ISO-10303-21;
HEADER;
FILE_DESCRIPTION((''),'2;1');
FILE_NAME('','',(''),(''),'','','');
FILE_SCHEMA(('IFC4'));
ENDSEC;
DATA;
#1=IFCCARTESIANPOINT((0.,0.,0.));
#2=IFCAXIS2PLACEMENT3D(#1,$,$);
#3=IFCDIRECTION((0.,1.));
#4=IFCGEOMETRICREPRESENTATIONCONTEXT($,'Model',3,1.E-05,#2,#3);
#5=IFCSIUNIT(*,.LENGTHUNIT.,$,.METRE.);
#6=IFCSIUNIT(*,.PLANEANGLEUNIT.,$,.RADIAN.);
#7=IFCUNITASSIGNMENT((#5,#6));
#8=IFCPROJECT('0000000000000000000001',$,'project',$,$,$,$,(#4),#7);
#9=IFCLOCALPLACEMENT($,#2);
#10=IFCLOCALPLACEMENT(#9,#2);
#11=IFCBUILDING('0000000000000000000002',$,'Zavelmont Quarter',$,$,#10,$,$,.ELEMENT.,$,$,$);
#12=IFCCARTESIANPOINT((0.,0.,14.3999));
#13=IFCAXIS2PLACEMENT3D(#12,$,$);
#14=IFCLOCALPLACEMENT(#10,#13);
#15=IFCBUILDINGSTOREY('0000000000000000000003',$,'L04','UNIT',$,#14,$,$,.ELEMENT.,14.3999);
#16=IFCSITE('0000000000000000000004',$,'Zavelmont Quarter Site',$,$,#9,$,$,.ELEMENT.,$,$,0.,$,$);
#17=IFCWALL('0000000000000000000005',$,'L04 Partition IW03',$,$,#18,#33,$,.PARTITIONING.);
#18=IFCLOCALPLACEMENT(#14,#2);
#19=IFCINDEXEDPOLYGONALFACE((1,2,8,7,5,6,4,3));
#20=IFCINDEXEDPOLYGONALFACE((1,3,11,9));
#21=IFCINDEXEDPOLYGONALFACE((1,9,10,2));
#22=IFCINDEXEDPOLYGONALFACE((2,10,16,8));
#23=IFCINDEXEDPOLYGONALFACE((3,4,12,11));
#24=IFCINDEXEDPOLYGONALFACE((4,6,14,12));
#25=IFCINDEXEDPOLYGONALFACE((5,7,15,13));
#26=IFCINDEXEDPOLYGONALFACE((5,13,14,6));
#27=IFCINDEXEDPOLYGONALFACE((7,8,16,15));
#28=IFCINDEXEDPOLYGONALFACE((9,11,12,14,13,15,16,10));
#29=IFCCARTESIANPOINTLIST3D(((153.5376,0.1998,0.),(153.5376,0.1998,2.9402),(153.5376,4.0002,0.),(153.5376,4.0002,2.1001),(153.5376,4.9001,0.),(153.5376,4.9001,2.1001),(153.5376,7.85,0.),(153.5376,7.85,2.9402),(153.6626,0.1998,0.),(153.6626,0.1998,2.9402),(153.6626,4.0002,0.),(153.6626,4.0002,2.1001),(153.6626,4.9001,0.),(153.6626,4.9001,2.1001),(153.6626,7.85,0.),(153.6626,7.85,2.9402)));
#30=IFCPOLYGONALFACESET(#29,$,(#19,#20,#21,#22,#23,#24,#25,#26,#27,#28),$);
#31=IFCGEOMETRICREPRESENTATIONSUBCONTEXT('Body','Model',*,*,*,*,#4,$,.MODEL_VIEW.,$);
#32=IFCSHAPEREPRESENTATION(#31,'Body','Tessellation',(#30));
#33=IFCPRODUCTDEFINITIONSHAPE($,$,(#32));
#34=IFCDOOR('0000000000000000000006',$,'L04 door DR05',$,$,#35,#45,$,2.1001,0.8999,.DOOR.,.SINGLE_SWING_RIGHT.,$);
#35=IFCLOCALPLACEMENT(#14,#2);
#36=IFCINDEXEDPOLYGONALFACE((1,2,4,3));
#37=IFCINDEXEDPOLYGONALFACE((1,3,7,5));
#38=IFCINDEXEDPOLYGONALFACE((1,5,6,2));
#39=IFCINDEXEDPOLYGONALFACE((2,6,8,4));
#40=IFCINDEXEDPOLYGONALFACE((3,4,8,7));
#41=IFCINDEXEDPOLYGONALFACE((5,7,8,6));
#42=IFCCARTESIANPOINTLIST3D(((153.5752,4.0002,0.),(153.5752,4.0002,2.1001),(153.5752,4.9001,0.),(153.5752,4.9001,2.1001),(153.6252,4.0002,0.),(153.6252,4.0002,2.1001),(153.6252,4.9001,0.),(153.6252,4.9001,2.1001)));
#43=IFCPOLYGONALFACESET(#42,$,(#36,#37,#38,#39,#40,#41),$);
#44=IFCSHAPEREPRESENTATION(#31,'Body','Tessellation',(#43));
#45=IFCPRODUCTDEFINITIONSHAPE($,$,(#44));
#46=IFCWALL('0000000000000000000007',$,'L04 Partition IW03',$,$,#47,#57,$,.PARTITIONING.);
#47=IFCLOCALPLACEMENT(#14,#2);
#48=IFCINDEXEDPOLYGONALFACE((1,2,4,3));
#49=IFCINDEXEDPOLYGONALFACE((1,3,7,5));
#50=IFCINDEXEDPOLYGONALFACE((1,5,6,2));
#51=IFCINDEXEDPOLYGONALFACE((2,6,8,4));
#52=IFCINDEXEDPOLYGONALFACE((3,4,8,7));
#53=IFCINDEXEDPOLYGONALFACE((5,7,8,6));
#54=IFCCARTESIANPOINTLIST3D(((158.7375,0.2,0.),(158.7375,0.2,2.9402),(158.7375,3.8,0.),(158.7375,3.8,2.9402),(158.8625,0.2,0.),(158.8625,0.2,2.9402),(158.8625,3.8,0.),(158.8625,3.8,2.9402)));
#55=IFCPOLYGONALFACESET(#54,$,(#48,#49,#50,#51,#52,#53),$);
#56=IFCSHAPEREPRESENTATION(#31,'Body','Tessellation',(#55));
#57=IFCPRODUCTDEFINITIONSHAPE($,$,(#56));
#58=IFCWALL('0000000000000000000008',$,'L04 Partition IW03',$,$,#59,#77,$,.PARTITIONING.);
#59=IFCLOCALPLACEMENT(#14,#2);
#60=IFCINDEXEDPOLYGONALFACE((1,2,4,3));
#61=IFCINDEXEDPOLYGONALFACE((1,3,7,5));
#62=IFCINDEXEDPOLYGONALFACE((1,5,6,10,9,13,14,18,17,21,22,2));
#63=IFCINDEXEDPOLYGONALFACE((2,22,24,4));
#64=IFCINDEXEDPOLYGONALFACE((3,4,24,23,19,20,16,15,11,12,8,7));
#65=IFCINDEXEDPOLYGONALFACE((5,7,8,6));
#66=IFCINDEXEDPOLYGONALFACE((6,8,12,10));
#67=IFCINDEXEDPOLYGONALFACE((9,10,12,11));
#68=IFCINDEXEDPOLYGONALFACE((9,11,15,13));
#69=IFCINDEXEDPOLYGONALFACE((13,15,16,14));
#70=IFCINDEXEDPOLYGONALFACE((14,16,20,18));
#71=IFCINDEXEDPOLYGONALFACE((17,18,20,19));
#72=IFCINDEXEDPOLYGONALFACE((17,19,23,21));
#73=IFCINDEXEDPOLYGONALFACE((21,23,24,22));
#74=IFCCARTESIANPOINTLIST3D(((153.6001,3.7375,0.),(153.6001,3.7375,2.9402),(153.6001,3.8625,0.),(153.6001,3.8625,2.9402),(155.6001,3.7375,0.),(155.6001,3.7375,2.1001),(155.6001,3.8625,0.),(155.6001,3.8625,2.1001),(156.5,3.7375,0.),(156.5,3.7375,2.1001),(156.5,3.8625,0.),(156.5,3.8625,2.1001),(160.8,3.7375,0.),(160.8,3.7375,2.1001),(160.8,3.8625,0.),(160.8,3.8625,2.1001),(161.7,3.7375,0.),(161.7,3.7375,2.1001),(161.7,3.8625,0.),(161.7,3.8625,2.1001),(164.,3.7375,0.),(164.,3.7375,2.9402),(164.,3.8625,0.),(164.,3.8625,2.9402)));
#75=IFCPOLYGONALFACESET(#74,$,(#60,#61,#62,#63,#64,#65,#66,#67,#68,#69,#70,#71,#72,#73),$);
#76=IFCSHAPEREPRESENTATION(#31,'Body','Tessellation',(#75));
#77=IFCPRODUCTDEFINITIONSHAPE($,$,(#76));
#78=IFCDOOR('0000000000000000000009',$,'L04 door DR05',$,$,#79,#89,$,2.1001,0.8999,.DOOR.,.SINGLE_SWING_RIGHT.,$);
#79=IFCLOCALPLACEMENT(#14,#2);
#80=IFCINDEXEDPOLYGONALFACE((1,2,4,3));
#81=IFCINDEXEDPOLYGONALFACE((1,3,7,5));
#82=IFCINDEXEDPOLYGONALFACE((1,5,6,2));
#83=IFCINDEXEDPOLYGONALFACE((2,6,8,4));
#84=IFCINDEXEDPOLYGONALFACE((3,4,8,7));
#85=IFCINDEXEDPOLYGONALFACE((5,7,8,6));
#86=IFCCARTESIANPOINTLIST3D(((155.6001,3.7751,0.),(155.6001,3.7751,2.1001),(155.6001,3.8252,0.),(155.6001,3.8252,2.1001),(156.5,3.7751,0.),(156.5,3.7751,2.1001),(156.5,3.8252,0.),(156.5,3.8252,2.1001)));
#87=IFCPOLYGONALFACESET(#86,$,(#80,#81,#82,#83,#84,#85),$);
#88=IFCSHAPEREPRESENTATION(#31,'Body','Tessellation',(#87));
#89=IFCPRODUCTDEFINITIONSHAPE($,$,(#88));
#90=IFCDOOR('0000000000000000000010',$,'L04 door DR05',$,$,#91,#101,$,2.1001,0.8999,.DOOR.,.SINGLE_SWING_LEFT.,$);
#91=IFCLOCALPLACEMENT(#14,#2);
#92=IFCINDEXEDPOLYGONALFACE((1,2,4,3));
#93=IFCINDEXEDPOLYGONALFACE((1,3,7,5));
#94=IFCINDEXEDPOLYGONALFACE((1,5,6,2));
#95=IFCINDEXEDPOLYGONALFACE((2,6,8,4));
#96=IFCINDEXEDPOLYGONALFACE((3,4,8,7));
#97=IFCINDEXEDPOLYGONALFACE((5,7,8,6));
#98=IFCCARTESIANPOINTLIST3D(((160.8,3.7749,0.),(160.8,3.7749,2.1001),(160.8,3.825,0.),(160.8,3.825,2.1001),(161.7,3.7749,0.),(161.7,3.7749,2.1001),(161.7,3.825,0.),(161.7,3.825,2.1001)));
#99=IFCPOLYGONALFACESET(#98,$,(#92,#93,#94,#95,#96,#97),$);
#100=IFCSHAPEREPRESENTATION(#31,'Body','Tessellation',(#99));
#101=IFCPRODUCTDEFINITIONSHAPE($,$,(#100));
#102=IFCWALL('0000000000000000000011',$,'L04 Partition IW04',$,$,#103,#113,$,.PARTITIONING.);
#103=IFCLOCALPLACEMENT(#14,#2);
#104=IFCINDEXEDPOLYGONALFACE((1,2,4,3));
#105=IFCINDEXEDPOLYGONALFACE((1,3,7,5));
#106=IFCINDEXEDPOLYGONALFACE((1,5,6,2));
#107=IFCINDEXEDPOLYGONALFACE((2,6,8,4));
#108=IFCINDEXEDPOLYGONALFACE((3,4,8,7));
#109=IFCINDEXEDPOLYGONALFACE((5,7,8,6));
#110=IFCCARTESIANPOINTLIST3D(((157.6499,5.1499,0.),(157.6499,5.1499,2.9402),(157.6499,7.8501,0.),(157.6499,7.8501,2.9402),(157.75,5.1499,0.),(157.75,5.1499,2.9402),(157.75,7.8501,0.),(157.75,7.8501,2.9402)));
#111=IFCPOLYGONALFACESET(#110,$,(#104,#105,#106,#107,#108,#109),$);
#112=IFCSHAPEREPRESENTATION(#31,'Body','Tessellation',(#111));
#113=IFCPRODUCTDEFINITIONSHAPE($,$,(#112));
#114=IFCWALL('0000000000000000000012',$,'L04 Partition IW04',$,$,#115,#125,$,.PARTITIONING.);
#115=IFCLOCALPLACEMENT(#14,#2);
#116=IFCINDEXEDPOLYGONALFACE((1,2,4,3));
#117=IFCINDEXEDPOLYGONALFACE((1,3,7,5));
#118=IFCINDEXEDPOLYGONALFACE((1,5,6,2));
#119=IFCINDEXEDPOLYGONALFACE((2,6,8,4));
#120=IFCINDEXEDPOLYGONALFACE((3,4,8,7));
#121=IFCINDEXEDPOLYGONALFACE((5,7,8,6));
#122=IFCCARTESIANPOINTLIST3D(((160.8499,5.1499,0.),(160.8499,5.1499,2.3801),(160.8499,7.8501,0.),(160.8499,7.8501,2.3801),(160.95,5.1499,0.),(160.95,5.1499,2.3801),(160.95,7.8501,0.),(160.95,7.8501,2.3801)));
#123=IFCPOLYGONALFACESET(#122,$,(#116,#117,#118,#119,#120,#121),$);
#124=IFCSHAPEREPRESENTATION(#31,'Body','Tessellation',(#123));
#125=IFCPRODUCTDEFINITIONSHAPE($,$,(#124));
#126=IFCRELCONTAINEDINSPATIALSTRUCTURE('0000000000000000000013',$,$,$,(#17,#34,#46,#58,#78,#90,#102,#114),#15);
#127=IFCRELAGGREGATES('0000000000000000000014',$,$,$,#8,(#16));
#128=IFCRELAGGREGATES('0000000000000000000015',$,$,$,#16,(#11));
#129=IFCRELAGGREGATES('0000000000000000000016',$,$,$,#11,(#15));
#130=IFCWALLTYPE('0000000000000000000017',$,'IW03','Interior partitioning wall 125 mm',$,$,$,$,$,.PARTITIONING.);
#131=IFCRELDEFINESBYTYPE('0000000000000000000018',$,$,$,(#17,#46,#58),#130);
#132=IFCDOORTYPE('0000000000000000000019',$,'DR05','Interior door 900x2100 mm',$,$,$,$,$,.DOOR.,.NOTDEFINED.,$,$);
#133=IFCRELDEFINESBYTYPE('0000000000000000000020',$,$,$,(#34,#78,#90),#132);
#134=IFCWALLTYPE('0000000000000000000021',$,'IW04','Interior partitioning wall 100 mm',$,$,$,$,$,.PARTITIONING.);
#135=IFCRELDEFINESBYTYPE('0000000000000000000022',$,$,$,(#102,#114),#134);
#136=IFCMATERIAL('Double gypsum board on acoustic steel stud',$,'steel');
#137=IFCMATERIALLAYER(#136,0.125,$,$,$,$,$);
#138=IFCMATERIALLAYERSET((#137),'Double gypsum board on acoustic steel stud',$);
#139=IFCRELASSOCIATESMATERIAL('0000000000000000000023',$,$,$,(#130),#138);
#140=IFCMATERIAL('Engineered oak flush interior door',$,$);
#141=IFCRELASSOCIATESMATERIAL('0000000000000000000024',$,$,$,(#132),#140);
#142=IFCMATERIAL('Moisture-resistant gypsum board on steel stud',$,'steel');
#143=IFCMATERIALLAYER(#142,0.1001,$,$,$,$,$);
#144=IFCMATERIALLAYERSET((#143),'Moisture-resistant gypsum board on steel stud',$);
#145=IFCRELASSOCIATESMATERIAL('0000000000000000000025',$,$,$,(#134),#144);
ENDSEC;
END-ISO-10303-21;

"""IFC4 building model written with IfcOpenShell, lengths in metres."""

from ifc_helpers import new_model, si_unit, direction, frame, frame_2d, origin, origin_with_axes, place, context, subcontext, project, spatial, rectangle, extrude, material, layer, layer_set, type_object, element, fill, save


model = new_model("IFC4")

# Units and contexts
model_context = context("Model", 3, precision=1e-05, world=origin(), true_north=direction((0.0, 1.0)))
body_context = subcontext(model_context, "Body", "Model", "MODEL_VIEW")
ifc_project = project(units=[si_unit("LENGTHUNIT", "METRE"), si_unit("PLANEANGLEUNIT", "RADIAN")], contexts=[model_context])

# Site, building, storey
site_placement = place(None, origin())
site = spatial("IfcSite", under=ifc_project, at=site_placement, Name="Zavelmont Quarter Site", CompositionType="ELEMENT", RefElevation=0.0)
building_placement = place(site_placement, origin())
building = spatial("IfcBuilding", under=site, at=building_placement, Name="Zavelmont Quarter", CompositionType="ELEMENT")
storey_placement = place(building_placement, frame((0.0, 0.0, 14.3999)))
storey = spatial("IfcBuildingStorey", under=building, at=storey_placement, Name="L04", Description="UNIT", CompositionType="ELEMENT", Elevation=14.3999)

# Wall, opening, door
ifc_material_1 = material(Name="Double gypsum board on acoustic steel stud", Category="steel")
ifc_layer_1 = layer(ifc_material_1, 0.125)
ifc_layer_set_1 = layer_set([ifc_layer_1], Name="Double gypsum board on acoustic steel stud")
wall_type_1 = type_object("IfcWallType", Name="IW03", Description="Interior partitioning wall 125 mm", PredefinedType="PARTITIONING", material=ifc_layer_set_1)
wall_1_placement = place(storey_placement, frame((153.6001, 7.8501, 0.0), z_axis=(0.0, 0.0, 1.0), x_axis=(0.0, -1.0, 0.0)))
wall_1 = element("IfcWall", 1, at=wall_1_placement, inside=storey, type_object=wall_type_1, Name="L04 Partition IW03", PredefinedType="PARTITIONING", context=body_context, shape_type="SweptSolid", body=[
    extrude(rectangle(XDim=7.6501, YDim=0.125, at=frame_2d((3.8252, 0.0))), origin(), (0.0, 0.0, 1.0), 2.9402),
])
opening_1_placement = place(wall_1_placement, frame((2.95, 0.0, 0.0)))
opening_1 = element("IfcOpeningElement", 2, at=opening_1_placement, cuts=wall_1, PredefinedType="OPENING", context=body_context, shape_type="SweptSolid", body=[
    extrude(rectangle(XDim=0.8999, YDim=2.1001, at=frame_2d((0.45, 1.05))), frame((0.0, 0.0745, 0.0), z_axis=(0.0, -1.0, 0.0), x_axis=(1.0, 0.0, 0.0)), (0.0, 0.0, 1.0), 0.1489),
])
ifc_material_2 = material(Name="Engineered oak flush interior door")
door_type_1 = type_object("IfcDoorType", Name="DR05", Description="Interior door 900x2100 mm", OperationType="NOTDEFINED", PredefinedType="DOOR", material=ifc_material_2)
door_1_placement = place(opening_1_placement, frame((0.8999, 0.0, 0.0), z_axis=(0.0, 0.0, 1.0), x_axis=(-1.0, 0.0, 0.0)))
door_1 = element("IfcDoor", 3, at=door_1_placement, inside=storey, type_object=door_type_1, Name="L04 door DR05", OperationType="SINGLE_SWING_RIGHT", OverallHeight=2.1001, OverallWidth=0.8999, PredefinedType="DOOR", context=body_context, shape_type="SweptSolid", body=[
    extrude(rectangle(XDim=0.8999, YDim=2.1001, at=frame_2d((0.45, 1.05))), frame((0.0, 0.0249, 0.0), z_axis=(0.0, -1.0, 0.0), x_axis=(1.0, 0.0, 0.0)), (0.0, 0.0, 1.0), 0.05),
])
fill(opening_1, door_1)

# Wall
wall_2_placement = place(storey_placement, frame((158.8, 3.8, 0.0), z_axis=(0.0, 0.0, 1.0), x_axis=(0.0, -1.0, 0.0)))
element("IfcWall", 4, at=wall_2_placement, inside=storey, type_object=wall_type_1, Name="L04 Partition IW03", PredefinedType="PARTITIONING", context=body_context, shape_type="SweptSolid", body=[
    extrude(rectangle(XDim=3.6001, YDim=0.125, at=frame_2d((1.8, 0.0))), origin(), (0.0, 0.0, 1.0), 2.9402),
])

# Wall, openings, doors
wall_3_placement = place(storey_placement, frame((153.6001, 3.8, 0.0), z_axis=(0.0, 0.0, 1.0), x_axis=(1.0, 0.0, 0.0)))
wall_3 = element("IfcWall", 5, at=wall_3_placement, inside=storey, type_object=wall_type_1, Name="L04 Partition IW03", PredefinedType="PARTITIONING", context=body_context, shape_type="SweptSolid", body=[
    extrude(rectangle(XDim=10.3999, YDim=0.125, at=frame_2d((5.2, 0.0))), origin(), (0.0, 0.0, 1.0), 2.9402),
])
opening_2_placement = place(wall_3_placement, frame((2.0, 0.0, 0.0)))
opening_2 = element("IfcOpeningElement", 6, at=opening_2_placement, cuts=wall_3, PredefinedType="OPENING", context=body_context, shape_type="SweptSolid", body=[
    extrude(rectangle(XDim=0.8999, YDim=2.1001, at=frame_2d((0.45, 1.05))), frame((0.0, 0.0745, 0.0), z_axis=(0.0, -1.0, 0.0), x_axis=(1.0, 0.0, 0.0)), (0.0, 0.0, 1.0), 0.1489),
])
opening_3_placement = place(wall_3_placement, frame((7.2, 0.0, 0.0)))
opening_3 = element("IfcOpeningElement", 7, at=opening_3_placement, cuts=wall_3, PredefinedType="OPENING", context=body_context, shape_type="SweptSolid", body=[
    extrude(rectangle(XDim=0.8999, YDim=2.1001, at=frame_2d((0.45, 1.05))), frame((0.0, 0.0745, 0.0), z_axis=(0.0, -1.0, 0.0), x_axis=(1.0, 0.0, 0.0)), (0.0, 0.0, 1.0), 0.1489),
])
door_2_placement = place(opening_2_placement, frame((0.8999, 0.0, 0.0), z_axis=(0.0, 0.0, 1.0), x_axis=(-1.0, 0.0, 0.0)))
door_2 = element("IfcDoor", 8, at=door_2_placement, inside=storey, type_object=door_type_1, Name="L04 door DR05", OperationType="SINGLE_SWING_RIGHT", OverallHeight=2.1001, OverallWidth=0.8999, PredefinedType="DOOR", context=body_context, shape_type="SweptSolid", body=[
    extrude(rectangle(XDim=0.8999, YDim=2.1001, at=frame_2d((0.45, 1.05))), frame((0.0, 0.0249, 0.0), z_axis=(0.0, -1.0, 0.0), x_axis=(1.0, 0.0, 0.0)), (0.0, 0.0, 1.0), 0.05),
])
fill(opening_2, door_2)
door_3_placement = place(opening_3_placement, origin_with_axes())
door_3 = element("IfcDoor", 9, at=door_3_placement, inside=storey, type_object=door_type_1, Name="L04 door DR05", OperationType="SINGLE_SWING_LEFT", OverallHeight=2.1001, OverallWidth=0.8999, PredefinedType="DOOR", context=body_context, shape_type="SweptSolid", body=[
    extrude(rectangle(XDim=0.8999, YDim=2.1001, at=frame_2d((0.45, 1.05))), frame((0.0, 0.0249, 0.0), z_axis=(0.0, -1.0, 0.0), x_axis=(1.0, 0.0, 0.0)), (0.0, 0.0, 1.0), 0.05),
])
fill(opening_3, door_3)

# Walls
ifc_material_3 = material(Name="Moisture-resistant gypsum board on steel stud", Category="steel")
ifc_layer_2 = layer(ifc_material_3, 0.1001)
ifc_layer_set_2 = layer_set([ifc_layer_2], Name="Moisture-resistant gypsum board on steel stud")
wall_type_2 = type_object("IfcWallType", Name="IW04", Description="Interior partitioning wall 100 mm", PredefinedType="PARTITIONING", material=ifc_layer_set_2)
wall_4_placement = place(storey_placement, frame((157.7, 7.8501, 0.0), z_axis=(0.0, 0.0, 1.0), x_axis=(0.0, -1.0, 0.0)))
element("IfcWall", 10, at=wall_4_placement, inside=storey, type_object=wall_type_2, Name="L04 Partition IW04", PredefinedType="PARTITIONING", context=body_context, shape_type="SweptSolid", body=[
    extrude(rectangle(XDim=2.7002, YDim=0.1001, at=frame_2d((1.3501, 0.0))), origin(), (0.0, 0.0, 1.0), 2.9402),
])
wall_5_placement = place(storey_placement, frame((160.8999, 7.8501, 0.0), z_axis=(0.0, 0.0, 1.0), x_axis=(0.0, -1.0, 0.0)))
element("IfcWall", 11, at=wall_5_placement, inside=storey, type_object=wall_type_2, Name="L04 Partition IW04", PredefinedType="PARTITIONING", context=body_context, shape_type="SweptSolid", body=[
    extrude(rectangle(XDim=2.7002, YDim=0.1001, at=frame_2d((1.3501, 0.0))), origin(), (0.0, 0.0, 1.0), 2.3801),
])

save(model, "model.ifc")
